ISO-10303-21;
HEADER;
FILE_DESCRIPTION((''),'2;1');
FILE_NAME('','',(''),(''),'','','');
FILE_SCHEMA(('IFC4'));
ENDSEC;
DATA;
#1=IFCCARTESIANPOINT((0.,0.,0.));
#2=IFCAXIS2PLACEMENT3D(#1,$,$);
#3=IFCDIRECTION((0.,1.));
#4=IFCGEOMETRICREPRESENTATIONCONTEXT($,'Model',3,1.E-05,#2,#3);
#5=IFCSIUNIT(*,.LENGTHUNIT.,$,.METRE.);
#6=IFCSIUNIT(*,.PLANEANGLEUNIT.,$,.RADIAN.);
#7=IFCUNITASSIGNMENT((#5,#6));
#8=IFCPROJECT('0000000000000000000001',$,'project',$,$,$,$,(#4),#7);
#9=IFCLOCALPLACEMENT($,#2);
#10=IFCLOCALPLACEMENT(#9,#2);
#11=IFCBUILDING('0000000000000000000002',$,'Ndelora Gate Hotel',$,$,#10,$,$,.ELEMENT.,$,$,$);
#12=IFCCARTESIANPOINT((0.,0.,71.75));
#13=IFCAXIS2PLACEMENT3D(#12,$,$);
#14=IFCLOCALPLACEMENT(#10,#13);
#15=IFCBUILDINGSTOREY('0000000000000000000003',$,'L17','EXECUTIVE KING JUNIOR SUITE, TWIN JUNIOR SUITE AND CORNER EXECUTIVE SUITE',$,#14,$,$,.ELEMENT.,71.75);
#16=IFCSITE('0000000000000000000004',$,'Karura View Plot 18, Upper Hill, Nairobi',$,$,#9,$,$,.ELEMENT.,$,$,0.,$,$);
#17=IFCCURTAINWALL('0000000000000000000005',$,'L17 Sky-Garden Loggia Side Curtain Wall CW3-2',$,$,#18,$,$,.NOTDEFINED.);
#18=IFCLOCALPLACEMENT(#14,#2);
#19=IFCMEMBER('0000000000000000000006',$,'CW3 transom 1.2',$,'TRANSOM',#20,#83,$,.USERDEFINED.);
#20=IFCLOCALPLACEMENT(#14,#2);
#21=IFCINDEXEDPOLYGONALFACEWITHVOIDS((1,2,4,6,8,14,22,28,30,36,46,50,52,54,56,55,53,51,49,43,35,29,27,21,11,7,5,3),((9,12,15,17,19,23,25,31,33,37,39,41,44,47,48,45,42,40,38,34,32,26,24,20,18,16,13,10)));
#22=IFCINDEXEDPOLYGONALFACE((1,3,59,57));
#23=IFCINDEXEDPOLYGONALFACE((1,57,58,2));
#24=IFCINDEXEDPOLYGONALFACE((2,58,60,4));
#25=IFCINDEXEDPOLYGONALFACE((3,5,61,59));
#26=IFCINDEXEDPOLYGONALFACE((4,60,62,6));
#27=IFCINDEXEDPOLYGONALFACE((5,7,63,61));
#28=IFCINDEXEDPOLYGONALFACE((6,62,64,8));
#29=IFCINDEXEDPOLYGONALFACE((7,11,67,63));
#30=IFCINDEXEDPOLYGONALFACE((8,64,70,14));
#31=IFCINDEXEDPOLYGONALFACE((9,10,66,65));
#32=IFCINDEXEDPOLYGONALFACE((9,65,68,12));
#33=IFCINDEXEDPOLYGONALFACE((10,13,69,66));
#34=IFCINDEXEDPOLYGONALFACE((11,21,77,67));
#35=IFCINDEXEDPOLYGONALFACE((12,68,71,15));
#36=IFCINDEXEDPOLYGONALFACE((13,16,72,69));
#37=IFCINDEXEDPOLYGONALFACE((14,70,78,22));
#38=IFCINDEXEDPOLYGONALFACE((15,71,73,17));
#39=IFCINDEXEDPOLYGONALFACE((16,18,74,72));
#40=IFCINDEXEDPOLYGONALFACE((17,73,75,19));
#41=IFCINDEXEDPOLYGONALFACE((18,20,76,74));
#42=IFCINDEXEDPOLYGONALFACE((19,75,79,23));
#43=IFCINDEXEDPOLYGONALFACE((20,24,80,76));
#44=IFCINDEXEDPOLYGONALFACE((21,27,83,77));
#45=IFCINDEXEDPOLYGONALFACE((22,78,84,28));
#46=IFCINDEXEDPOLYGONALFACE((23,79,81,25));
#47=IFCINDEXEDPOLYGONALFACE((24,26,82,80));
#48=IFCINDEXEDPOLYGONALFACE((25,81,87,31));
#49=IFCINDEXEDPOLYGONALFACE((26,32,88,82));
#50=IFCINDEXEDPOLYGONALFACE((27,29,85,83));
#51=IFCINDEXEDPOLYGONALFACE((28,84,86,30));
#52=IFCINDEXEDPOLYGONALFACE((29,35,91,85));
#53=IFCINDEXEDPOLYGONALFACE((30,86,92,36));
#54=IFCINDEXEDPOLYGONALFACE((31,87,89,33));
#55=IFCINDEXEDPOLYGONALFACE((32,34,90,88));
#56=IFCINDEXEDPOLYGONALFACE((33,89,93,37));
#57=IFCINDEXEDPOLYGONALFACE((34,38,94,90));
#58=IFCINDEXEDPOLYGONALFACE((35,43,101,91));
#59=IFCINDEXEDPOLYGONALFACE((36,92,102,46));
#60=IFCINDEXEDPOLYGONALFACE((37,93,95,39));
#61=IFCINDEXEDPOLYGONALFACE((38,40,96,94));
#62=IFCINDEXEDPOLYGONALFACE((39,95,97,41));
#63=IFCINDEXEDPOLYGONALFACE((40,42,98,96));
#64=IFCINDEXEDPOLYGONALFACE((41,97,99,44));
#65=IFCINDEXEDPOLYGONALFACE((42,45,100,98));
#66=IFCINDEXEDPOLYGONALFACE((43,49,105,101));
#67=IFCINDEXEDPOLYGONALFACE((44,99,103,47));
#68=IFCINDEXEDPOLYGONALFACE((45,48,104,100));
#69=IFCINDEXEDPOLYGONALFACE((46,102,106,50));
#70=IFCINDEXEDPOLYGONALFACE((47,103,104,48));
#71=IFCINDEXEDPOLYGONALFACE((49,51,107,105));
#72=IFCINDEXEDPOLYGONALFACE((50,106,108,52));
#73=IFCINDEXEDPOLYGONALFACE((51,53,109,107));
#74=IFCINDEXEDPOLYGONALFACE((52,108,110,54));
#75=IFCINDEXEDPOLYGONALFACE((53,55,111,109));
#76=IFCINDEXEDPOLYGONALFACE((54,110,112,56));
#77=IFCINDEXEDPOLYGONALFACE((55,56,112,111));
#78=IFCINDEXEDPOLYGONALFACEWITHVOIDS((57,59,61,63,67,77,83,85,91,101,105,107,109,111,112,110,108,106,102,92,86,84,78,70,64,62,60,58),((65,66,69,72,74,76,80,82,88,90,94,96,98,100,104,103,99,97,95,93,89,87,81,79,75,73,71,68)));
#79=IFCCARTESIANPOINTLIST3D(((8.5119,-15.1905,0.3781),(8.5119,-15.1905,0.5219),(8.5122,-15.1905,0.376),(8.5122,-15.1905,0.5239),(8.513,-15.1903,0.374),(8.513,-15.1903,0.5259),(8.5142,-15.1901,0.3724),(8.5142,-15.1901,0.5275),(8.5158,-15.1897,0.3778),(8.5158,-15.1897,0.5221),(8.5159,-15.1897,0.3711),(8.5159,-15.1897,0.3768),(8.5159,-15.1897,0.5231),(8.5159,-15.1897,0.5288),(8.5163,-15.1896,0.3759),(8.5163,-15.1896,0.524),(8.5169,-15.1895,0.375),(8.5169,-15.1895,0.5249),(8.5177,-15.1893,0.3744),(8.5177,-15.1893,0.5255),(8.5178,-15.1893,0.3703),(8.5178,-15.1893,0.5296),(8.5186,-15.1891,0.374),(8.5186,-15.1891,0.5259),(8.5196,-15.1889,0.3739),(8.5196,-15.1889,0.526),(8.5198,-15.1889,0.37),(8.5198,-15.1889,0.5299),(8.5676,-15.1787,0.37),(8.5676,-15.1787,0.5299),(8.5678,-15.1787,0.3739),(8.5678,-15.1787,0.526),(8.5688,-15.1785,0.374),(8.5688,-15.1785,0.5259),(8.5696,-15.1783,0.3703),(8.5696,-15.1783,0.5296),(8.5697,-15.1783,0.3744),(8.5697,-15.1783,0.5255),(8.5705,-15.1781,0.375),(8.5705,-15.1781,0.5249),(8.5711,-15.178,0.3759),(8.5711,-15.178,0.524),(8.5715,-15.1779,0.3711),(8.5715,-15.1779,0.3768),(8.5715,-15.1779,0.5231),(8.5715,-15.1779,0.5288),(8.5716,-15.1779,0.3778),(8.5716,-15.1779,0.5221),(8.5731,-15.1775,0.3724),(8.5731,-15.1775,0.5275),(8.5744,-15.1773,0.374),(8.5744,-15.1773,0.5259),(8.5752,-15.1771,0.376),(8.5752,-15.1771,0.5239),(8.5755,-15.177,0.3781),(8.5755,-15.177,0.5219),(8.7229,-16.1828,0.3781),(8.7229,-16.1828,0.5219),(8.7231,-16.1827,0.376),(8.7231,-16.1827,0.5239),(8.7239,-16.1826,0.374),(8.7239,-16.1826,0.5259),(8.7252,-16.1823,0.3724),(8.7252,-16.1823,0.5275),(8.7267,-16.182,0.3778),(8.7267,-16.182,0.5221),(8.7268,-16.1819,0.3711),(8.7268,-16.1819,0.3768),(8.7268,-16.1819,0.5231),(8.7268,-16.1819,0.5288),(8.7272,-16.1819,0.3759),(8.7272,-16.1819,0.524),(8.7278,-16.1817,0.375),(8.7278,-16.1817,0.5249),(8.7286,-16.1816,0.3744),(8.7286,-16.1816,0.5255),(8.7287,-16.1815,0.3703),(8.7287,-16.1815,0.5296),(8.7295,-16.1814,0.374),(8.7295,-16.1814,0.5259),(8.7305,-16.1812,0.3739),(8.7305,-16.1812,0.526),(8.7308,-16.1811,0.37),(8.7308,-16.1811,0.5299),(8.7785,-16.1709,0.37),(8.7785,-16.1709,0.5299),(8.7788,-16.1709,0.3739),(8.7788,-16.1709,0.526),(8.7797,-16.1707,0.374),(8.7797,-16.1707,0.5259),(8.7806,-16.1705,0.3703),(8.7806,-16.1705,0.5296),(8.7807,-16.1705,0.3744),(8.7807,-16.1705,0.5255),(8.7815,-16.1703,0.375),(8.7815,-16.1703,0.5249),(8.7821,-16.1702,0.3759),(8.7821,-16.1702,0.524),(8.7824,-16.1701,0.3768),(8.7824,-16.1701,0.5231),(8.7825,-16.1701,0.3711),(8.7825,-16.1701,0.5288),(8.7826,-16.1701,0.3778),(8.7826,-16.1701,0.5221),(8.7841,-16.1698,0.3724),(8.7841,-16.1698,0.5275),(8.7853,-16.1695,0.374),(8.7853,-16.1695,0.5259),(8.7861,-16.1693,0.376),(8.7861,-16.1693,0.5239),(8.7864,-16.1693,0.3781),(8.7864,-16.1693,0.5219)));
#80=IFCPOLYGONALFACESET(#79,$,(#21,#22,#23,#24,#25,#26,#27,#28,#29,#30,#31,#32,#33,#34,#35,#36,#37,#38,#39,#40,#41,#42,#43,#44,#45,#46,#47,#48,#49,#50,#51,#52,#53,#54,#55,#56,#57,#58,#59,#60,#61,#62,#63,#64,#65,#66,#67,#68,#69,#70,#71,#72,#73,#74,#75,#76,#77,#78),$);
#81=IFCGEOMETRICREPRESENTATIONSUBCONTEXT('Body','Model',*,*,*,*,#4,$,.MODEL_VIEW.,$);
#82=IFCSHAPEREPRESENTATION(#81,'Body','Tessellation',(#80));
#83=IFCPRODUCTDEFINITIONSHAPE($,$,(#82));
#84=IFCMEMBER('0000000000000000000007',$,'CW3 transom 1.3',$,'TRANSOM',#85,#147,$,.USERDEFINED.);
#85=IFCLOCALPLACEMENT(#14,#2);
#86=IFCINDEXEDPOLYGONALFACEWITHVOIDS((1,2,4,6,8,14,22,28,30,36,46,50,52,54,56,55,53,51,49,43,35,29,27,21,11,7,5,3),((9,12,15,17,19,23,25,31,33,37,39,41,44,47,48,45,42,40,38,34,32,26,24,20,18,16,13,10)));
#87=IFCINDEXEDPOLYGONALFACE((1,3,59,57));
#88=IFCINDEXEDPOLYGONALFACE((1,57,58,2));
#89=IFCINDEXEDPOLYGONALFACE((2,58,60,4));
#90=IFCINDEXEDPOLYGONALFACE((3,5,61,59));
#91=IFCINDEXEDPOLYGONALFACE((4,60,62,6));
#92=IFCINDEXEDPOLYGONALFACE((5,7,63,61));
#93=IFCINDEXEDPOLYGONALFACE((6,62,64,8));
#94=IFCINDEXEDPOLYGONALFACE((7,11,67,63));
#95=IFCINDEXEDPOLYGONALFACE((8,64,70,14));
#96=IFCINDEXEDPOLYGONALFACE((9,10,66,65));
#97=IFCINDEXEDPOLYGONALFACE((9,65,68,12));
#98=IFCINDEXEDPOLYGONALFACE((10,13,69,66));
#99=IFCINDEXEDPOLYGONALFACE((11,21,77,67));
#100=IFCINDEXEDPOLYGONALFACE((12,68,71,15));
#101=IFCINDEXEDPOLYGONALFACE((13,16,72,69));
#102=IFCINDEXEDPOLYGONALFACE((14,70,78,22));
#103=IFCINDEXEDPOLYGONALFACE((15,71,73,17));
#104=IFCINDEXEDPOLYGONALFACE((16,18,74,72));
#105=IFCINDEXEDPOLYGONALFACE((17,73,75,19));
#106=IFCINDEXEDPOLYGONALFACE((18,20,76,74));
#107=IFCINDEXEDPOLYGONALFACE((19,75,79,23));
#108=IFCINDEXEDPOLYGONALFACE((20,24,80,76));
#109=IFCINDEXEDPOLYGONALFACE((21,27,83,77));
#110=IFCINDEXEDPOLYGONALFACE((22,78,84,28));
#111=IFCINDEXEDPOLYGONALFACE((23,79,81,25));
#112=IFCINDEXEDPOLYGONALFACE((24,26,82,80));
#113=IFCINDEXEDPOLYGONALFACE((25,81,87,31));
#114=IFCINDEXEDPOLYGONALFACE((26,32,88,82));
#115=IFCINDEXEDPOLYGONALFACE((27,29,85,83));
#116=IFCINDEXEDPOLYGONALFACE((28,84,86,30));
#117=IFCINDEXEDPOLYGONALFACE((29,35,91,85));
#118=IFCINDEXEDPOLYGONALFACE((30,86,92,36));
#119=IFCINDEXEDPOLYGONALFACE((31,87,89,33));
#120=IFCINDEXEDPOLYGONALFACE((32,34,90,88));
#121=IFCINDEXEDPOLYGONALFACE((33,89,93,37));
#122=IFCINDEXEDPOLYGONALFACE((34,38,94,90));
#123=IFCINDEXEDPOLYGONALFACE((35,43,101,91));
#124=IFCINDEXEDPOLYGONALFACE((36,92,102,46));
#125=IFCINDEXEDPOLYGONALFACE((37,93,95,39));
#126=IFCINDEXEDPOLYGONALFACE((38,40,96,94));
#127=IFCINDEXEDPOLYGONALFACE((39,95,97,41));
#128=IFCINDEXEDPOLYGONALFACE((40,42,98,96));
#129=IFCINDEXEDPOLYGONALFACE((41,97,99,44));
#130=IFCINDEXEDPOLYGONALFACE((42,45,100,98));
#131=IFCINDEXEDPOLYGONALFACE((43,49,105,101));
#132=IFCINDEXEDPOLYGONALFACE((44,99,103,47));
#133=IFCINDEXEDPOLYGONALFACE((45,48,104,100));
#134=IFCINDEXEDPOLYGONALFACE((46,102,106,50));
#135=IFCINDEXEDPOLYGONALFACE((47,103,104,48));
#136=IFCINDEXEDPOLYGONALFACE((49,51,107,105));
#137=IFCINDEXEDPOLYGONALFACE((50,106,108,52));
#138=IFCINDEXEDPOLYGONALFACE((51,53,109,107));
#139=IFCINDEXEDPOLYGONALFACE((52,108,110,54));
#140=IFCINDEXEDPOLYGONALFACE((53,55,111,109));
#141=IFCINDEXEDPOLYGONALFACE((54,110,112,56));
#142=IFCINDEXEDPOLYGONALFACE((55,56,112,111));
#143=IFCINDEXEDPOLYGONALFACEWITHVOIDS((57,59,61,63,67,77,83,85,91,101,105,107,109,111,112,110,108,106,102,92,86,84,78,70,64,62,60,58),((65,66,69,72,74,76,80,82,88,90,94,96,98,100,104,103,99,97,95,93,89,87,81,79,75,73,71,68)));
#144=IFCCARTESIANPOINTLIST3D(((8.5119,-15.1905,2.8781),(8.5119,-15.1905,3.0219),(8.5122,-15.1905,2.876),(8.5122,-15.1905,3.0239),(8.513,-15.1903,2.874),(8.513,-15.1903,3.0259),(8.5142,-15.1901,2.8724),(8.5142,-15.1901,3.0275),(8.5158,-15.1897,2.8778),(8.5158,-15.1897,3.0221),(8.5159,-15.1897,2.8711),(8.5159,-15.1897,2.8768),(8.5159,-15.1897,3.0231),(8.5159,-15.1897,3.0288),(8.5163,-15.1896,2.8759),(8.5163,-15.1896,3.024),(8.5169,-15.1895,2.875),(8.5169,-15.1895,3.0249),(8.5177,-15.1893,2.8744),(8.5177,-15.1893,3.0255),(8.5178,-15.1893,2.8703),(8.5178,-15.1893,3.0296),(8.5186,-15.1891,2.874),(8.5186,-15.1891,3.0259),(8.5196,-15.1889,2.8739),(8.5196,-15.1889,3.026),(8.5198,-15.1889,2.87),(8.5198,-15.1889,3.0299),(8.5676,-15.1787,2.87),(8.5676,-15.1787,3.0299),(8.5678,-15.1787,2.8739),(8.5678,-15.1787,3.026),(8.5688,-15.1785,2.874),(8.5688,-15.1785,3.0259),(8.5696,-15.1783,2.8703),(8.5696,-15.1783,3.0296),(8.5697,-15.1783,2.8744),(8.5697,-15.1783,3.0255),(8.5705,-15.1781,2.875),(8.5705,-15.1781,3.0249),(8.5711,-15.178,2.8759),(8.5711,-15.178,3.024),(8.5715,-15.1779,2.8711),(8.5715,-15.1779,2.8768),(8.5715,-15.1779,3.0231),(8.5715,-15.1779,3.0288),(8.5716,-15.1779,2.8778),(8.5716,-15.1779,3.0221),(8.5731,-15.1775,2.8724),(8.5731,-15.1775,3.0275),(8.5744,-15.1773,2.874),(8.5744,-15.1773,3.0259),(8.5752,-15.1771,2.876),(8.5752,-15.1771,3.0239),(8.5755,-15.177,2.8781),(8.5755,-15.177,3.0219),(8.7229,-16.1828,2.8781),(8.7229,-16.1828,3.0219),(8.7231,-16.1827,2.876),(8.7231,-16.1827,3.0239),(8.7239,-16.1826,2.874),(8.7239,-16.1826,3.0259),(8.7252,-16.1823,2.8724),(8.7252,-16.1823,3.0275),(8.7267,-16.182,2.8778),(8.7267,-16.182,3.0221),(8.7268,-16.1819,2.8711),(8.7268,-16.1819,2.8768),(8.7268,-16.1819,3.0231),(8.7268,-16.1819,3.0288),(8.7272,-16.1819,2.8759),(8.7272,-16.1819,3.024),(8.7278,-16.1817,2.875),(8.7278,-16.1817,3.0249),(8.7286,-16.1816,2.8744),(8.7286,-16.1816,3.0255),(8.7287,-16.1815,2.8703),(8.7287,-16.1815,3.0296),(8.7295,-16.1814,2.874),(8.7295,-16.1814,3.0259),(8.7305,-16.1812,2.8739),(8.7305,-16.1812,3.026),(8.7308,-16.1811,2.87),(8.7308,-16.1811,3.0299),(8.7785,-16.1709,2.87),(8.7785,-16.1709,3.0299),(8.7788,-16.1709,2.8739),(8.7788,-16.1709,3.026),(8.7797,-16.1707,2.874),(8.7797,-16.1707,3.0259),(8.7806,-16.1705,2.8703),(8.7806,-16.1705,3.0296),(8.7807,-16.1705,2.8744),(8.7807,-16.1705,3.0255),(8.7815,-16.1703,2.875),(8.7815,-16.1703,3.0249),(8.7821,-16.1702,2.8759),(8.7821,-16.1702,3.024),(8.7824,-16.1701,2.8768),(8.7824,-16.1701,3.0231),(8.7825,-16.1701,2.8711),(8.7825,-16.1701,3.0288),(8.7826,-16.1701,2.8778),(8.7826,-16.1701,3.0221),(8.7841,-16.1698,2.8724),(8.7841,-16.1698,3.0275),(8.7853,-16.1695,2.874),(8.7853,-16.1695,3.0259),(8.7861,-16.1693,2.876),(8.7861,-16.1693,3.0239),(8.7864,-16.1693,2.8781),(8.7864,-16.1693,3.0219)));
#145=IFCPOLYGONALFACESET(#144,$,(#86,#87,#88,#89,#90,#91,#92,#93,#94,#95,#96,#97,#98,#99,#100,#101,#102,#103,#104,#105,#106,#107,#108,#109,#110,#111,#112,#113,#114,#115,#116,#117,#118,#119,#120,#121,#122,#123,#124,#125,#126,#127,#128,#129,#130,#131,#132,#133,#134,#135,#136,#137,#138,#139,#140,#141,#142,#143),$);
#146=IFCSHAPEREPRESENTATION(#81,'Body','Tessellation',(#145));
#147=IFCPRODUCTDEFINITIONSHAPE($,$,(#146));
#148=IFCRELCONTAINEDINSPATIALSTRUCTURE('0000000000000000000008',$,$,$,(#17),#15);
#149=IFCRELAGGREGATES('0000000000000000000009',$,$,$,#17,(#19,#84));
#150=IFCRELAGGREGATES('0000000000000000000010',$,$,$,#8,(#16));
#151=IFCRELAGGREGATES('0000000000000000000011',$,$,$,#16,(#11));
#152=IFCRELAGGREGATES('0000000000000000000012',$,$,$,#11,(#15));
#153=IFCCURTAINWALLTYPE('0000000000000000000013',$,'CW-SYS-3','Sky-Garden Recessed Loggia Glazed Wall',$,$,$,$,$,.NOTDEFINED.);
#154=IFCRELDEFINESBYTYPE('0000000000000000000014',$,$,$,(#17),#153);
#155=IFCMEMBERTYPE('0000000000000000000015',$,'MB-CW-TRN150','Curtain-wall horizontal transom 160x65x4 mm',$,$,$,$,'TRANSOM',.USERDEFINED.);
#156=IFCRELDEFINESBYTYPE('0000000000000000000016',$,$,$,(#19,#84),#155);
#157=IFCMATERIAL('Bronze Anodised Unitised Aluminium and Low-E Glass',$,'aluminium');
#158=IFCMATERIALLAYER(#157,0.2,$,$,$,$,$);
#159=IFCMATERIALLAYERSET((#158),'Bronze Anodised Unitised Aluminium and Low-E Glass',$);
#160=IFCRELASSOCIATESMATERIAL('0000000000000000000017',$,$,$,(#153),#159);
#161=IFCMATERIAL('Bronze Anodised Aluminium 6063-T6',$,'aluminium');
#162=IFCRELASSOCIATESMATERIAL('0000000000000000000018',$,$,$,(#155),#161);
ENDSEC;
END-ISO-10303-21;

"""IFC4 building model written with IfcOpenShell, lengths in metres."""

from ifc_helpers import new_model, si_unit, direction, frame, origin, origin_2d, place, context, subcontext, project, spatial, hollow_rectangle, extrude, material, layer, layer_set, material_profile, profile_set, type_object, element, aggregate, save


model = new_model("IFC4")

# Units and contexts
model_context = context("Model", 3, precision=1e-05, world=origin(), true_north=direction((0.0, 1.0)))
body_context = subcontext(model_context, "Body", "Model", "MODEL_VIEW")
ifc_project = project(units=[si_unit("LENGTHUNIT", "METRE"), si_unit("PLANEANGLEUNIT", "RADIAN")], contexts=[model_context])

# Site, building, storey
site_placement = place(None, origin())
site = spatial("IfcSite", under=ifc_project, at=site_placement, Name="Karura View Plot 18, Upper Hill, Nairobi", CompositionType="ELEMENT", RefElevation=0.0)
building_placement = place(site_placement, origin())
building = spatial("IfcBuilding", under=site, at=building_placement, Name="Ndelora Gate Hotel", CompositionType="ELEMENT")
storey_placement = place(building_placement, frame((0.0, 0.0, 71.75)))
storey = spatial("IfcBuildingStorey", under=building, at=storey_placement, Name="L17", Description="EXECUTIVE KING JUNIOR SUITE, TWIN JUNIOR SUITE AND CORNER EXECUTIVE SUITE", CompositionType="ELEMENT", Elevation=71.75)

# Curtain wall, members
ifc_material_1 = material(Name="Bronze Anodised Unitised Aluminium and Low-E Glass", Category="aluminium")
ifc_layer_1 = layer(ifc_material_1, 0.2)
ifc_layer_set_1 = layer_set([ifc_layer_1], Name="Bronze Anodised Unitised Aluminium and Low-E Glass")
curtain_wall_type = type_object("IfcCurtainWallType", Name="CW-SYS-3", Description="Sky-Garden Recessed Loggia Glazed Wall", PredefinedType="NOTDEFINED", material=ifc_layer_set_1)
curtain_wall_placement = place(storey_placement, origin())
curtain_wall = element("IfcCurtainWall", 1, at=curtain_wall_placement, inside=storey, type_object=curtain_wall_type, Name="L17 Sky-Garden Loggia Side Curtain Wall CW3-2", PredefinedType="NOTDEFINED")
ifc_material_2 = material(Name="Bronze Anodised Aluminium 6063-T6", Category="aluminium")
ifc_material_profile_1 = material_profile(ifc_material_2, hollow_rectangle(XDim=0.0649, YDim=0.1599, WallThickness=0.0039, InnerFilletRadius=0.0039, OuterFilletRadius=0.0081, at=origin_2d()), Name="ALU 160x65x4")
ifc_profile_set_1 = profile_set([ifc_material_profile_1], Name="Bronze Anodised Aluminium 6063-T6")
member_type_1 = type_object("IfcMemberType", Name="MB-CW-TRN150", Description="Curtain-wall horizontal transom 160x65x4 mm", ElementType="TRANSOM", PredefinedType="USERDEFINED", material=ifc_profile_set_1)
member_1_placement = place(storey_placement, frame((8.7546, -16.176, 0.45), z_axis=(-0.207951, 0.978139, 0.0), x_axis=(-0.978139, -0.207951, 0.0)))
member_1 = element("IfcMember", 2, at=member_1_placement, type_object=member_type_1, Name="CW3 transom 1.2", ObjectType="TRANSOM", PredefinedType="USERDEFINED", context=body_context, shape_type="SweptSolid", body=[
    extrude(hollow_rectangle(XDim=0.0649, YDim=0.1599, WallThickness=0.0039, InnerFilletRadius=0.0039, OuterFilletRadius=0.0081, at=origin_2d()), origin(), (0.0, 0.0, 1.0), 1.0144),
])
member_2_placement = place(storey_placement, frame((8.7546, -16.176, 2.95), z_axis=(-0.207951, 0.978139, 0.0), x_axis=(-0.978139, -0.207951, 0.0)))
member_2 = element("IfcMember", 3, at=member_2_placement, type_object=member_type_1, Name="CW3 transom 1.3", ObjectType="TRANSOM", PredefinedType="USERDEFINED", context=body_context, shape_type="SweptSolid", body=[
    extrude(hollow_rectangle(XDim=0.0649, YDim=0.1599, WallThickness=0.0039, InnerFilletRadius=0.0039, OuterFilletRadius=0.0081, at=origin_2d()), origin(), (0.0, 0.0, 1.0), 1.0144),
])
aggregate(curtain_wall, [member_1, member_2])

save(model, "model.ifc")
